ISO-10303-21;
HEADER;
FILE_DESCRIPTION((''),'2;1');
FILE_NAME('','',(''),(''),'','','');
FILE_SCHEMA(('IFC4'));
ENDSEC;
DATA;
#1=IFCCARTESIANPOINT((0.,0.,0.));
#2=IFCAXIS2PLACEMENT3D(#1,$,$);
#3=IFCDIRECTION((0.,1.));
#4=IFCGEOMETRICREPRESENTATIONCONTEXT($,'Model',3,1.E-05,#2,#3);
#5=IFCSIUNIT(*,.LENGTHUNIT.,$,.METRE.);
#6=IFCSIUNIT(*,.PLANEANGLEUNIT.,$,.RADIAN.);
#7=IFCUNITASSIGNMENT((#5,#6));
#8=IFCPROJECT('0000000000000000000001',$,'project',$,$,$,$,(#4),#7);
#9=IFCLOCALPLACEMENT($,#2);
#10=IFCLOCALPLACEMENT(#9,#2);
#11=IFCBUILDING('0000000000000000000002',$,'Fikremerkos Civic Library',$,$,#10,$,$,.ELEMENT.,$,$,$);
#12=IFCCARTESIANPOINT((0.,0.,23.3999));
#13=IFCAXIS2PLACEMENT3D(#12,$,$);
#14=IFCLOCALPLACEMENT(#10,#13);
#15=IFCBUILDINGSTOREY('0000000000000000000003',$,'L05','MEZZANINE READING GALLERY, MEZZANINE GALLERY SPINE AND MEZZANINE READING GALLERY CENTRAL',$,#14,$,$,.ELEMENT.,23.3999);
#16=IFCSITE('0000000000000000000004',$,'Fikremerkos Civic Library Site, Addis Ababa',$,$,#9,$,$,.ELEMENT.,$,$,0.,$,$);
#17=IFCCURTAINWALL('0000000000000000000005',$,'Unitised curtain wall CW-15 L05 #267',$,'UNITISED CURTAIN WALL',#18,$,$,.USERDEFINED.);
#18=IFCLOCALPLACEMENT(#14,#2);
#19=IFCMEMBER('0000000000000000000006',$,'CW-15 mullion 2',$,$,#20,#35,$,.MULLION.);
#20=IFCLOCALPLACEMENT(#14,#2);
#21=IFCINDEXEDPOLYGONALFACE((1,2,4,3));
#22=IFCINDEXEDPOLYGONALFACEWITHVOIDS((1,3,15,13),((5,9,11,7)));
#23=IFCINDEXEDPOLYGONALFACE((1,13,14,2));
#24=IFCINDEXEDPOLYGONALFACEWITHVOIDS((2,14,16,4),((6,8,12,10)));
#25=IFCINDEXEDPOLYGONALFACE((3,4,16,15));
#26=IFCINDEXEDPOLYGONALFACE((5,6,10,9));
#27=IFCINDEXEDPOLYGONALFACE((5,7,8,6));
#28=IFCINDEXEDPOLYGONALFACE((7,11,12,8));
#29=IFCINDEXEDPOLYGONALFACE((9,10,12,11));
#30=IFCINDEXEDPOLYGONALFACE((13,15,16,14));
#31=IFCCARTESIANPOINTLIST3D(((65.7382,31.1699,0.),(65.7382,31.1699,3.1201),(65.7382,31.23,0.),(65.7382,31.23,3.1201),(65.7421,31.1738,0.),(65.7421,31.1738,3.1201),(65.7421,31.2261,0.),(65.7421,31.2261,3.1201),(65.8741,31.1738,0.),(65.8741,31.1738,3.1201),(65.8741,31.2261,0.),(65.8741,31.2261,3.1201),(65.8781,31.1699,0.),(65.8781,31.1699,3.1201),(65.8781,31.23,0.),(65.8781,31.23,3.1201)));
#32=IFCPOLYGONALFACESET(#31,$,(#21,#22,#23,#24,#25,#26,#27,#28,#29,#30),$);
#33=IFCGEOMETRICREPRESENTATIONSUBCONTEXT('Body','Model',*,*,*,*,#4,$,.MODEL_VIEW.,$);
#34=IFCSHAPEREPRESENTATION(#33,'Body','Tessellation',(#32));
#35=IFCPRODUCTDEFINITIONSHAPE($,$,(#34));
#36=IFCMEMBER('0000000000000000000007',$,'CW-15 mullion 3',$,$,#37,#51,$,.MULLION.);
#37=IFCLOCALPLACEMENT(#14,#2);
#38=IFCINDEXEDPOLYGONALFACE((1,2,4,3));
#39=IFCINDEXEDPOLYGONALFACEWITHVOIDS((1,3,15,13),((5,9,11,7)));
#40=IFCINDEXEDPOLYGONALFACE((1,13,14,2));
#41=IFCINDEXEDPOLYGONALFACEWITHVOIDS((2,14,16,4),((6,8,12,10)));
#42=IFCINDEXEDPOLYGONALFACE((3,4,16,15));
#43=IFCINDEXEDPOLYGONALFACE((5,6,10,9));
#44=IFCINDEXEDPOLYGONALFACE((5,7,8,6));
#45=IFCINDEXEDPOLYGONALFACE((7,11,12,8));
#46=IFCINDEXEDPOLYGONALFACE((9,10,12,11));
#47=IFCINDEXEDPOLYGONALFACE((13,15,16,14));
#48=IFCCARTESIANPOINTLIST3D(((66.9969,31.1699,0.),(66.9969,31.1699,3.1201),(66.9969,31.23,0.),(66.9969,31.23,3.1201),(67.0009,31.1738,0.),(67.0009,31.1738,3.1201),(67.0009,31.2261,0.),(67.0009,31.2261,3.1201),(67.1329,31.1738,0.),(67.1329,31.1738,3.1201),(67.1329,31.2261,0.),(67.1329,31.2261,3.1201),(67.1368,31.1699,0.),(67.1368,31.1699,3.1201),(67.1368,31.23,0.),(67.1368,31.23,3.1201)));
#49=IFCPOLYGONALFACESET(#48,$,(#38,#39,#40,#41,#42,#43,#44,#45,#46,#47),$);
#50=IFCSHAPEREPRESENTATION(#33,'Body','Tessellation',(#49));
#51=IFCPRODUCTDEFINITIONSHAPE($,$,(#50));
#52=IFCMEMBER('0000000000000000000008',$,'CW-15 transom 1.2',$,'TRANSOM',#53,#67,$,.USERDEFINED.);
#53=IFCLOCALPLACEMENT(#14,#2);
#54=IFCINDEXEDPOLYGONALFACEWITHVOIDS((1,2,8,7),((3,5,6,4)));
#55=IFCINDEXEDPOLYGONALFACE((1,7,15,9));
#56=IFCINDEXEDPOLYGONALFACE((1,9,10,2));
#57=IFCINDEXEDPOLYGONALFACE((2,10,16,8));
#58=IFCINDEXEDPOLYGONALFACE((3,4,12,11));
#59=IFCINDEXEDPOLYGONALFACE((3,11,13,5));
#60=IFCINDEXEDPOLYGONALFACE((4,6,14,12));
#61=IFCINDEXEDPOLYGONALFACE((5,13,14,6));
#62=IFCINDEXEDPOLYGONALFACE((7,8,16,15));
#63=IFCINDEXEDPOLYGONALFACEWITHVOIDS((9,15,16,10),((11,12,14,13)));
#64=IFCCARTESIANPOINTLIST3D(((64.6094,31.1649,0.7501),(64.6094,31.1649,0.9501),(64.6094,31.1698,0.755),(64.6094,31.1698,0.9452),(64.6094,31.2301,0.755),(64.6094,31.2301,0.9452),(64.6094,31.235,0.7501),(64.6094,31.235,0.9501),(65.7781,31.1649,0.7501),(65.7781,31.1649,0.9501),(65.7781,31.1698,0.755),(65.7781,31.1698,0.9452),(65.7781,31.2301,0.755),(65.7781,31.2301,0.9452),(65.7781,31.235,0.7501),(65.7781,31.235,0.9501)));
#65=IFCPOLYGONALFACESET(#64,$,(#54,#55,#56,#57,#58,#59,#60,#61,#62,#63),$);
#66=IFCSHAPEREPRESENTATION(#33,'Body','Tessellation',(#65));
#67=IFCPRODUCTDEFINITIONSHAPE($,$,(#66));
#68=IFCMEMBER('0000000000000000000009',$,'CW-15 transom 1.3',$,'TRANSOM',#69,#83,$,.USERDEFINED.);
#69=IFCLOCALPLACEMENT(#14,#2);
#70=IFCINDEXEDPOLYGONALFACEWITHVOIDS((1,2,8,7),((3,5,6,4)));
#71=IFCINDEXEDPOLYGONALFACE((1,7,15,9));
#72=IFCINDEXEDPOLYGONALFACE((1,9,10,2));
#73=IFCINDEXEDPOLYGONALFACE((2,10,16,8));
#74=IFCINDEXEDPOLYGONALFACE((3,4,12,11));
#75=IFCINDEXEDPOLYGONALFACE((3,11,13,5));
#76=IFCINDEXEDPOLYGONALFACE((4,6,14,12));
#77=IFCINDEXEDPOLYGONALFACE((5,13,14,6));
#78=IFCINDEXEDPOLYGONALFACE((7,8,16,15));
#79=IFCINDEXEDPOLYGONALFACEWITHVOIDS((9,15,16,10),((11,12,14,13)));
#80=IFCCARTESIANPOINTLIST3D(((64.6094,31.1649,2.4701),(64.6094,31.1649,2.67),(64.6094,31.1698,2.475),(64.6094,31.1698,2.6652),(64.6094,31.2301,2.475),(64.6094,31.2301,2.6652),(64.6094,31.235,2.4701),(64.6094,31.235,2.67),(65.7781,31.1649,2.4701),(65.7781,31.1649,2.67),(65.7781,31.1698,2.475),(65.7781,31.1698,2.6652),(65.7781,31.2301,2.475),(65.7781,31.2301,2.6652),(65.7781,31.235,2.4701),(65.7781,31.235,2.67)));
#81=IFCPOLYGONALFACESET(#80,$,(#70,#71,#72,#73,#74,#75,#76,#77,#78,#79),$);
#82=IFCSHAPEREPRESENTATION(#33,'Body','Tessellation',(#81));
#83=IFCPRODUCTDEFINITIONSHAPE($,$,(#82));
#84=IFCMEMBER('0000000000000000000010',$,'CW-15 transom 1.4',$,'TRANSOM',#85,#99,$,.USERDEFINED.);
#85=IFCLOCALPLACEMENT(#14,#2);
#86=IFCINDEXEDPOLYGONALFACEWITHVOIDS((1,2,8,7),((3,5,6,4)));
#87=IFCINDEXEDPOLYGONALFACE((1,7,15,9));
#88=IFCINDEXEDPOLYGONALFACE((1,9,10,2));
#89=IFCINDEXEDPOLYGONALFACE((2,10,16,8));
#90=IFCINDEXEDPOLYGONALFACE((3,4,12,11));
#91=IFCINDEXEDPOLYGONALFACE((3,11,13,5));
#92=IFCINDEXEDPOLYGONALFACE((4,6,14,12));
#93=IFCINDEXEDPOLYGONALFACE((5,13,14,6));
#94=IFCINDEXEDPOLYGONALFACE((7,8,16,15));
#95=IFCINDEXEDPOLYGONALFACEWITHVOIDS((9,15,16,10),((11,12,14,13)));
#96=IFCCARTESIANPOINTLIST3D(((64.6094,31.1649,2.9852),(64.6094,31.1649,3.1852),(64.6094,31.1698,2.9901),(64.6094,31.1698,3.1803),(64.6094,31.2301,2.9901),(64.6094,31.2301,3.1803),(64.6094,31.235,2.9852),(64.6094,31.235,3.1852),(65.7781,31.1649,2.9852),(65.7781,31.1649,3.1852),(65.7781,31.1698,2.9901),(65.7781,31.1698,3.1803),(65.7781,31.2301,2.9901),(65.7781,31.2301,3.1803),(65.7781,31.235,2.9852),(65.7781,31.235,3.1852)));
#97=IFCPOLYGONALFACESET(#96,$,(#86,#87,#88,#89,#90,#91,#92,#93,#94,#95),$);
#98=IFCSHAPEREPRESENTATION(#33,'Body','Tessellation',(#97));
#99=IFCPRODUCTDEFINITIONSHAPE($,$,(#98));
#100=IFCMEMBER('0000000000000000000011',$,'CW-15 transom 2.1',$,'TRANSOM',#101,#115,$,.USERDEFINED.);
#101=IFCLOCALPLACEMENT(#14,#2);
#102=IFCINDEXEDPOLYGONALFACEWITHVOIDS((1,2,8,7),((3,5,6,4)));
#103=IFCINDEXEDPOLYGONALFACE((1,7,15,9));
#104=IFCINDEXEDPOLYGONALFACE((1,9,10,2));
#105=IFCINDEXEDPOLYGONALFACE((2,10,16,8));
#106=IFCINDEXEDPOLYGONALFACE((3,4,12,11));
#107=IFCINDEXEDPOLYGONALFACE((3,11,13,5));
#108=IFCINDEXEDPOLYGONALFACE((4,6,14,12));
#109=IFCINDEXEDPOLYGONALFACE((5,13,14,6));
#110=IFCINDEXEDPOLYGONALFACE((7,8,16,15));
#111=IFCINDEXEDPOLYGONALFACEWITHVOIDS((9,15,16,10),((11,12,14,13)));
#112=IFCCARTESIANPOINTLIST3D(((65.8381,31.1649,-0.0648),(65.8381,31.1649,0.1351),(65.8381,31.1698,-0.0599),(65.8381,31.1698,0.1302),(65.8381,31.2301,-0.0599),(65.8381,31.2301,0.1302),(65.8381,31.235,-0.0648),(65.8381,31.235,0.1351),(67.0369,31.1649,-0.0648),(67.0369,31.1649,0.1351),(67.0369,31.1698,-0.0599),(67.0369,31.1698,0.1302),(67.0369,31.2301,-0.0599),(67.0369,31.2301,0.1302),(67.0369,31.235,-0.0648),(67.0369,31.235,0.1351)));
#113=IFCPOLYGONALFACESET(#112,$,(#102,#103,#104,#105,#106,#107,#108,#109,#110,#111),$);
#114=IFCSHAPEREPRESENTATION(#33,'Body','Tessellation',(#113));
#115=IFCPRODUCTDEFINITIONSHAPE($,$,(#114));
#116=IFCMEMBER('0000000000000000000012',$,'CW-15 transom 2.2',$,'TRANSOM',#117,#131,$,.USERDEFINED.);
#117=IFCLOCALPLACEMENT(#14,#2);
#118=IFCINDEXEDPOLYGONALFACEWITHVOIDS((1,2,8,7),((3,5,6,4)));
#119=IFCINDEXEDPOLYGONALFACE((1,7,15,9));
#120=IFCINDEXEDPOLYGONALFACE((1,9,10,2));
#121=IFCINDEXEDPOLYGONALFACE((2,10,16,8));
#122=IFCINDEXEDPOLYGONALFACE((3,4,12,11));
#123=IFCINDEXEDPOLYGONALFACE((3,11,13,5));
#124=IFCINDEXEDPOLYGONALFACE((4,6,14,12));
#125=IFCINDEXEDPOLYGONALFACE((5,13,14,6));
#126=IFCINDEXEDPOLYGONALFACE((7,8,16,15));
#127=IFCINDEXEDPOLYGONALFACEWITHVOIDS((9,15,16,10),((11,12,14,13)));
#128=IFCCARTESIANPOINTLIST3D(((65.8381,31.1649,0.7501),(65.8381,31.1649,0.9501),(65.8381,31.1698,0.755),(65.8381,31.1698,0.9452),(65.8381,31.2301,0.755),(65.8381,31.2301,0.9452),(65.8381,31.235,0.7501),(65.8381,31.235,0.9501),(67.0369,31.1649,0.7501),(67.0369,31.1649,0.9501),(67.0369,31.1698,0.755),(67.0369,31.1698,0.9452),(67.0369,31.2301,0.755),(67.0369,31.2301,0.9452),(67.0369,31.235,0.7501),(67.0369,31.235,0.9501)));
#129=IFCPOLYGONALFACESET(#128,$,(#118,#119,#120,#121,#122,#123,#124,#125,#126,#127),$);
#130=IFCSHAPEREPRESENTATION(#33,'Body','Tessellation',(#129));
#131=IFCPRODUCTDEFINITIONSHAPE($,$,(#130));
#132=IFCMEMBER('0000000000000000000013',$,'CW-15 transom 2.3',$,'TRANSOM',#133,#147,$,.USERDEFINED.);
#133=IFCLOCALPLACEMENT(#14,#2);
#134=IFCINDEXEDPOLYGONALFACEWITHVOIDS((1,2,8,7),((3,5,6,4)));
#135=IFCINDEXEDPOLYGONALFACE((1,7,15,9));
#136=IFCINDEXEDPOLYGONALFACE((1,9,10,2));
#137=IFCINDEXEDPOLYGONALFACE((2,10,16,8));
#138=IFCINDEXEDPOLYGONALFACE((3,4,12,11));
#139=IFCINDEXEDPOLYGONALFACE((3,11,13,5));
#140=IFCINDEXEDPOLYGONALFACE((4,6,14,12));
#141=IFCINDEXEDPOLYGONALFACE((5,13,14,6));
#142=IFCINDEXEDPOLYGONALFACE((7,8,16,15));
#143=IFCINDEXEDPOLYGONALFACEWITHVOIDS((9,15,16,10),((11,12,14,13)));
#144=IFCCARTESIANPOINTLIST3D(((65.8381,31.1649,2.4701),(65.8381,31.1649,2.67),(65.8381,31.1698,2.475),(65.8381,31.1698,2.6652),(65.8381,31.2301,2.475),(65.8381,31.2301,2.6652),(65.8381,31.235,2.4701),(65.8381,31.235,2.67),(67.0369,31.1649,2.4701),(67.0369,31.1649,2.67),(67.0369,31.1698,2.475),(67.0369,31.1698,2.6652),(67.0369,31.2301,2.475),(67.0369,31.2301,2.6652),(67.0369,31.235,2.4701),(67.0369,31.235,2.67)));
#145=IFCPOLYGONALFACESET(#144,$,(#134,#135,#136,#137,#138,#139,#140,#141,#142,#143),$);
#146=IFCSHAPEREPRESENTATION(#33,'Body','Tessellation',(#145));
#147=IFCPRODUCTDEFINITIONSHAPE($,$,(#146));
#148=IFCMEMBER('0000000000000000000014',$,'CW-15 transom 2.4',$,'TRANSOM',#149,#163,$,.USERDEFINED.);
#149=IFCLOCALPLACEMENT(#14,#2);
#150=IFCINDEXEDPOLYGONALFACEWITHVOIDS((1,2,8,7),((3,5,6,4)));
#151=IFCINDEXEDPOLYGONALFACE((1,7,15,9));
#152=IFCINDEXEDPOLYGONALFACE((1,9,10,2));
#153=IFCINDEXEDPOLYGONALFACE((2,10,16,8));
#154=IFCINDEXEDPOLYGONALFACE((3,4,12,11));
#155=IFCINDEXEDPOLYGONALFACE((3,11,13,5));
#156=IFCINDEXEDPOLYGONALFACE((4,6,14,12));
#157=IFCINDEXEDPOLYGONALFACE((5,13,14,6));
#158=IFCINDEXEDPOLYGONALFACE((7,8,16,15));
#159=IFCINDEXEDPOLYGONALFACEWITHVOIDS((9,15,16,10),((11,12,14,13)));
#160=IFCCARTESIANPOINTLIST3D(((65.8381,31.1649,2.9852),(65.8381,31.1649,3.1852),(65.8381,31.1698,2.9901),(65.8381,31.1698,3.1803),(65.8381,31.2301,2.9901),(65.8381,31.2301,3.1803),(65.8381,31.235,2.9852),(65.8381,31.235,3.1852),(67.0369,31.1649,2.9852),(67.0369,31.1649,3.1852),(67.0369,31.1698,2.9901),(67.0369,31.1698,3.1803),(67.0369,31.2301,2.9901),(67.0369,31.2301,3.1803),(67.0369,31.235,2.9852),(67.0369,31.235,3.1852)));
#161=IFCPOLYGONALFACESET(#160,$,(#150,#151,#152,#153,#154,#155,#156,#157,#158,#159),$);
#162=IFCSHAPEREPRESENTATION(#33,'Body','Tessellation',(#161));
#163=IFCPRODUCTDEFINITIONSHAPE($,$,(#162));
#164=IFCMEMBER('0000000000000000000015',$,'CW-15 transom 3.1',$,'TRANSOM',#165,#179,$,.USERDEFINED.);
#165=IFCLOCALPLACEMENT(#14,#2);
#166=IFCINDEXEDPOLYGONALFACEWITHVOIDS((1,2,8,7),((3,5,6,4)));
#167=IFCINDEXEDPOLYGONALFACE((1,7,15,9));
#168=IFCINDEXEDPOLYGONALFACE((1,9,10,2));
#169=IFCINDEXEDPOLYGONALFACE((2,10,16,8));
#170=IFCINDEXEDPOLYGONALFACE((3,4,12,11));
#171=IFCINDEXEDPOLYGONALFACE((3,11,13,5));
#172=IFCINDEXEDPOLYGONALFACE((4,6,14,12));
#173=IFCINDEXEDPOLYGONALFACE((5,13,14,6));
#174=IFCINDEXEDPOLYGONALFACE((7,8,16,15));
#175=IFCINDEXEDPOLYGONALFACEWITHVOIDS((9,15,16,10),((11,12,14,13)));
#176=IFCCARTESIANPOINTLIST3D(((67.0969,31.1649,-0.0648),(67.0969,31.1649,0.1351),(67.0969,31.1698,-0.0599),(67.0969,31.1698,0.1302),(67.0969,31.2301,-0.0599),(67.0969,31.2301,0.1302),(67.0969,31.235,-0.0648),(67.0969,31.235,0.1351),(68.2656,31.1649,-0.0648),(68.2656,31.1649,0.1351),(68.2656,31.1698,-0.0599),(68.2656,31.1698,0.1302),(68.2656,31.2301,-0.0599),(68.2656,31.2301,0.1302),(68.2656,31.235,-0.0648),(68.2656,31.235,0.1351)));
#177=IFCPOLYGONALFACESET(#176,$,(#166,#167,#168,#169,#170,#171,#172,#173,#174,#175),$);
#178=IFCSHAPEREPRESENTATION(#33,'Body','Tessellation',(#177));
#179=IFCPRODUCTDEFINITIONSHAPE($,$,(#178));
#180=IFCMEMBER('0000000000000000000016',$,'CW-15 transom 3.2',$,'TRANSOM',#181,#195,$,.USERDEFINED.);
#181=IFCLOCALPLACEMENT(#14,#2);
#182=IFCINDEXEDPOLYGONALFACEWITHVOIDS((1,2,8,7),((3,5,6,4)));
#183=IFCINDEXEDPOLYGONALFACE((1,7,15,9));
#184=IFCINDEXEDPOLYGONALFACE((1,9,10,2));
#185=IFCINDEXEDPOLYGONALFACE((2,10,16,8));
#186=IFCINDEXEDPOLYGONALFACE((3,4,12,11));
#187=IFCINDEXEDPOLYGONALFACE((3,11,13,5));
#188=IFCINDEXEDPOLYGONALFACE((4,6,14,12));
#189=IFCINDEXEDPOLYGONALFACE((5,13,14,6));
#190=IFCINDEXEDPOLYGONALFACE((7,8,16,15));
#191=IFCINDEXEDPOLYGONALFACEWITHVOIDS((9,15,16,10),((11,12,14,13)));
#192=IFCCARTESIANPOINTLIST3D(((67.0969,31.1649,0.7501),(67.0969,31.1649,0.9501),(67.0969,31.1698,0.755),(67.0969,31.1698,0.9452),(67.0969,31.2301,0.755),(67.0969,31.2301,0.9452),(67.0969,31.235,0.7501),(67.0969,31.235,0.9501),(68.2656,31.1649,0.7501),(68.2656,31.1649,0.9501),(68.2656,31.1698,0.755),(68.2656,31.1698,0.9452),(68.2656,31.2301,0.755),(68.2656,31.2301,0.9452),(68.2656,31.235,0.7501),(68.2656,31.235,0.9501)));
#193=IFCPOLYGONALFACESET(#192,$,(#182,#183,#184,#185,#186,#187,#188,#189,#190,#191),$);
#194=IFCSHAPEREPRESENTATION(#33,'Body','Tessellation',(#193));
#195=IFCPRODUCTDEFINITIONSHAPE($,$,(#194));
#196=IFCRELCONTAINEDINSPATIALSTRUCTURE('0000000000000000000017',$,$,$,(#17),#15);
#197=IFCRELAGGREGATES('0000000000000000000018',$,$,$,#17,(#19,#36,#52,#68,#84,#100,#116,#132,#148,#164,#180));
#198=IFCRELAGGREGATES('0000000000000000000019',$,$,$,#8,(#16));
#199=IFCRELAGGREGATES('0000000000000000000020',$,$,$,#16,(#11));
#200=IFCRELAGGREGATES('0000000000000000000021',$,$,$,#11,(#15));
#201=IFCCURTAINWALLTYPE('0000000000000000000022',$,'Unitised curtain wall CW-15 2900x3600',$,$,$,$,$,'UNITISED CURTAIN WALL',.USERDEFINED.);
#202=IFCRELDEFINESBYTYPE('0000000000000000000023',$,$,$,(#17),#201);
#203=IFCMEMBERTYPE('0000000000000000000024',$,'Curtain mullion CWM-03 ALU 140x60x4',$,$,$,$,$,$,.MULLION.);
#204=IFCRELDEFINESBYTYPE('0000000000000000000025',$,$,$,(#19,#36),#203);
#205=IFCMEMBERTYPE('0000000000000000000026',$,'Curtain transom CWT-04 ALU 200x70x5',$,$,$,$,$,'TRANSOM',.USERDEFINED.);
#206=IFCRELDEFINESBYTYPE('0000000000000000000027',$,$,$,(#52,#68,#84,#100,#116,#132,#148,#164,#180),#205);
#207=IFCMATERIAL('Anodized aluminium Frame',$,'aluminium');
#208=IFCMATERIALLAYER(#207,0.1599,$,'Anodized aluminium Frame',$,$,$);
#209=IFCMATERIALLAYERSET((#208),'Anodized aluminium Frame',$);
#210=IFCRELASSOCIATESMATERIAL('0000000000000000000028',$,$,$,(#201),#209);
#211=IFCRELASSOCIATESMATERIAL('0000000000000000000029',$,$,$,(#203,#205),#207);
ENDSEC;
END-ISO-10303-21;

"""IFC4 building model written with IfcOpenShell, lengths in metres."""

from ifc_helpers import new_model, si_unit, direction, frame, origin, origin_2d, place, context, subcontext, project, spatial, hollow_rectangle, extrude, material, layer, layer_set, material_profile, profile_set, type_object, element, aggregate, save


model = new_model("IFC4")

# Units and contexts
model_context = context("Model", 3, precision=1e-05, world=origin(), true_north=direction((0.0, 1.0)))
body_context = subcontext(model_context, "Body", "Model", "MODEL_VIEW")
ifc_project = project(units=[si_unit("LENGTHUNIT", "METRE"), si_unit("PLANEANGLEUNIT", "RADIAN")], contexts=[model_context])

# Site, building, storey
site_placement = place(None, origin())
site = spatial("IfcSite", under=ifc_project, at=site_placement, Name="Fikremerkos Civic Library Site, Addis Ababa", CompositionType="ELEMENT", RefElevation=0.0)
building_placement = place(site_placement, origin())
building = spatial("IfcBuilding", under=site, at=building_placement, Name="Fikremerkos Civic Library", CompositionType="ELEMENT")
storey_placement = place(building_placement, frame((0.0, 0.0, 23.3999)))
storey = spatial("IfcBuildingStorey", under=building, at=storey_placement, Name="L05", Description="MEZZANINE READING GALLERY, MEZZANINE GALLERY SPINE AND MEZZANINE READING GALLERY CENTRAL", CompositionType="ELEMENT", Elevation=23.3999)

# Curtain wall, members
ifc_material_1 = material(Name="Anodized aluminium Frame", Category="aluminium")
ifc_layer_1 = layer(ifc_material_1, 0.1599, Name="Anodized aluminium Frame")
ifc_layer_set_1 = layer_set([ifc_layer_1], Name="Anodized aluminium Frame")
curtain_wall_type = type_object("IfcCurtainWallType", Name="Unitised curtain wall CW-15 2900x3600", ElementType="UNITISED CURTAIN WALL", PredefinedType="USERDEFINED", material=ifc_layer_set_1)
curtain_wall_placement = place(storey_placement, origin())
curtain_wall = element("IfcCurtainWall", 1, at=curtain_wall_placement, inside=storey, type_object=curtain_wall_type, Name="Unitised curtain wall CW-15 L05 #267", ObjectType="UNITISED CURTAIN WALL", PredefinedType="USERDEFINED")
ifc_material_profile_1 = material_profile(ifc_material_1, hollow_rectangle(XDim=0.0601, YDim=0.1399, WallThickness=0.0039, at=origin_2d()), Name="ALU 140x60x4")
ifc_profile_set_1 = profile_set([ifc_material_profile_1], Name="Anodized aluminium Frame")
member_type_1 = type_object("IfcMemberType", Name="Curtain mullion CWM-03 ALU 140x60x4", PredefinedType="MULLION", material=ifc_profile_set_1)
member_1_placement = place(storey_placement, frame((65.8081, 31.2, 0.0), z_axis=(0.0, 0.0, 1.0), x_axis=(0.0, 1.0, 0.0)))
member_1 = element("IfcMember", 2, at=member_1_placement, type_object=member_type_1, Name="CW-15 mullion 2", PredefinedType="MULLION", context=body_context, shape_type="SweptSolid", body=[
    extrude(hollow_rectangle(XDim=0.0601, YDim=0.1399, WallThickness=0.0039, at=origin_2d()), origin(), (0.0, 0.0, 1.0), 3.1201),
])
member_2_placement = place(storey_placement, frame((67.0669, 31.2, 0.0), z_axis=(0.0, 0.0, 1.0), x_axis=(0.0, 1.0, 0.0)))
member_2 = element("IfcMember", 3, at=member_2_placement, type_object=member_type_1, Name="CW-15 mullion 3", PredefinedType="MULLION", context=body_context, shape_type="SweptSolid", body=[
    extrude(hollow_rectangle(XDim=0.0601, YDim=0.1399, WallThickness=0.0039, at=origin_2d()), origin(), (0.0, 0.0, 1.0), 3.1201),
])
ifc_material_profile_2 = material_profile(ifc_material_1, hollow_rectangle(XDim=0.0701, YDim=0.2, WallThickness=0.0049, at=origin_2d()), Name="ALU 200x70x5")
ifc_profile_set_2 = profile_set([ifc_material_profile_2], Name="Anodized aluminium Frame")
member_type_2 = type_object("IfcMemberType", Name="Curtain transom CWT-04 ALU 200x70x5", ElementType="TRANSOM", PredefinedType="USERDEFINED", material=ifc_profile_set_2)
member_3_placement = place(storey_placement, frame((64.6094, 31.2, 0.8501), z_axis=(1.0, 0.0, 0.0), x_axis=(0.0, 1.0, 0.0)))
member_3 = element("IfcMember", 4, at=member_3_placement, type_object=member_type_2, Name="CW-15 transom 1.2", ObjectType="TRANSOM", PredefinedType="USERDEFINED", context=body_context, shape_type="SweptSolid", body=[
    extrude(hollow_rectangle(XDim=0.0701, YDim=0.2, WallThickness=0.0049, at=origin_2d()), origin(), (0.0, 0.0, 1.0), 1.1687),
])
member_4_placement = place(storey_placement, frame((64.6094, 31.2, 2.5701), z_axis=(1.0, 0.0, 0.0), x_axis=(0.0, 1.0, 0.0)))
member_4 = element("IfcMember", 5, at=member_4_placement, type_object=member_type_2, Name="CW-15 transom 1.3", ObjectType="TRANSOM", PredefinedType="USERDEFINED", context=body_context, shape_type="SweptSolid", body=[
    extrude(hollow_rectangle(XDim=0.0701, YDim=0.2, WallThickness=0.0049, at=origin_2d()), origin(), (0.0, 0.0, 1.0), 1.1687),
])
member_5_placement = place(storey_placement, frame((64.6094, 31.2, 3.0852), z_axis=(1.0, 0.0, 0.0), x_axis=(0.0, 1.0, 0.0)))
member_5 = element("IfcMember", 6, at=member_5_placement, type_object=member_type_2, Name="CW-15 transom 1.4", ObjectType="TRANSOM", PredefinedType="USERDEFINED", context=body_context, shape_type="SweptSolid", body=[
    extrude(hollow_rectangle(XDim=0.0701, YDim=0.2, WallThickness=0.0049, at=origin_2d()), origin(), (0.0, 0.0, 1.0), 1.1687),
])
member_6_placement = place(storey_placement, frame((65.8381, 31.2, 0.0352), z_axis=(1.0, 0.0, 0.0), x_axis=(0.0, 1.0, 0.0)))
member_6 = element("IfcMember", 7, at=member_6_placement, type_object=member_type_2, Name="CW-15 transom 2.1", ObjectType="TRANSOM", PredefinedType="USERDEFINED", context=body_context, shape_type="SweptSolid", body=[
    extrude(hollow_rectangle(XDim=0.0701, YDim=0.2, WallThickness=0.0049, at=origin_2d()), origin(), (0.0, 0.0, 1.0), 1.1987),
])
member_7_placement = place(storey_placement, frame((65.8381, 31.2, 0.8501), z_axis=(1.0, 0.0, 0.0), x_axis=(0.0, 1.0, 0.0)))
member_7 = element("IfcMember", 8, at=member_7_placement, type_object=member_type_2, Name="CW-15 transom 2.2", ObjectType="TRANSOM", PredefinedType="USERDEFINED", context=body_context, shape_type="SweptSolid", body=[
    extrude(hollow_rectangle(XDim=0.0701, YDim=0.2, WallThickness=0.0049, at=origin_2d()), origin(), (0.0, 0.0, 1.0), 1.1987),
])
member_8_placement = place(storey_placement, frame((65.8381, 31.2, 2.5701), z_axis=(1.0, 0.0, 0.0), x_axis=(0.0, 1.0, 0.0)))
member_8 = element("IfcMember", 9, at=member_8_placement, type_object=member_type_2, Name="CW-15 transom 2.3", ObjectType="TRANSOM", PredefinedType="USERDEFINED", context=body_context, shape_type="SweptSolid", body=[
    extrude(hollow_rectangle(XDim=0.0701, YDim=0.2, WallThickness=0.0049, at=origin_2d()), origin(), (0.0, 0.0, 1.0), 1.1987),
])
member_9_placement = place(storey_placement, frame((65.8381, 31.2, 3.0852), z_axis=(1.0, 0.0, 0.0), x_axis=(0.0, 1.0, 0.0)))
member_9 = element("IfcMember", 10, at=member_9_placement, type_object=member_type_2, Name="CW-15 transom 2.4", ObjectType="TRANSOM", PredefinedType="USERDEFINED", context=body_context, shape_type="SweptSolid", body=[
    extrude(hollow_rectangle(XDim=0.0701, YDim=0.2, WallThickness=0.0049, at=origin_2d()), origin(), (0.0, 0.0, 1.0), 1.1987),
])
member_10_placement = place(storey_placement, frame((67.0969, 31.2, 0.0352), z_axis=(1.0, 0.0, 0.0), x_axis=(0.0, 1.0, 0.0)))
member_10 = element("IfcMember", 11, at=member_10_placement, type_object=member_type_2, Name="CW-15 transom 3.1", ObjectType="TRANSOM", PredefinedType="USERDEFINED", context=body_context, shape_type="SweptSolid", body=[
    extrude(hollow_rectangle(XDim=0.0701, YDim=0.2, WallThickness=0.0049, at=origin_2d()), origin(), (0.0, 0.0, 1.0), 1.1687),
])
member_11_placement = place(storey_placement, frame((67.0969, 31.2, 0.8501), z_axis=(1.0, 0.0, 0.0), x_axis=(0.0, 1.0, 0.0)))
member_11 = element("IfcMember", 12, at=member_11_placement, type_object=member_type_2, Name="CW-15 transom 3.2", ObjectType="TRANSOM", PredefinedType="USERDEFINED", context=body_context, shape_type="SweptSolid", body=[
    extrude(hollow_rectangle(XDim=0.0701, YDim=0.2, WallThickness=0.0049, at=origin_2d()), origin(), (0.0, 0.0, 1.0), 1.1687),
])
aggregate(curtain_wall, [member_1, member_2, member_3, member_4, member_5, member_6, member_7, member_8, member_9, member_10, member_11])

save(model, "model.ifc")
